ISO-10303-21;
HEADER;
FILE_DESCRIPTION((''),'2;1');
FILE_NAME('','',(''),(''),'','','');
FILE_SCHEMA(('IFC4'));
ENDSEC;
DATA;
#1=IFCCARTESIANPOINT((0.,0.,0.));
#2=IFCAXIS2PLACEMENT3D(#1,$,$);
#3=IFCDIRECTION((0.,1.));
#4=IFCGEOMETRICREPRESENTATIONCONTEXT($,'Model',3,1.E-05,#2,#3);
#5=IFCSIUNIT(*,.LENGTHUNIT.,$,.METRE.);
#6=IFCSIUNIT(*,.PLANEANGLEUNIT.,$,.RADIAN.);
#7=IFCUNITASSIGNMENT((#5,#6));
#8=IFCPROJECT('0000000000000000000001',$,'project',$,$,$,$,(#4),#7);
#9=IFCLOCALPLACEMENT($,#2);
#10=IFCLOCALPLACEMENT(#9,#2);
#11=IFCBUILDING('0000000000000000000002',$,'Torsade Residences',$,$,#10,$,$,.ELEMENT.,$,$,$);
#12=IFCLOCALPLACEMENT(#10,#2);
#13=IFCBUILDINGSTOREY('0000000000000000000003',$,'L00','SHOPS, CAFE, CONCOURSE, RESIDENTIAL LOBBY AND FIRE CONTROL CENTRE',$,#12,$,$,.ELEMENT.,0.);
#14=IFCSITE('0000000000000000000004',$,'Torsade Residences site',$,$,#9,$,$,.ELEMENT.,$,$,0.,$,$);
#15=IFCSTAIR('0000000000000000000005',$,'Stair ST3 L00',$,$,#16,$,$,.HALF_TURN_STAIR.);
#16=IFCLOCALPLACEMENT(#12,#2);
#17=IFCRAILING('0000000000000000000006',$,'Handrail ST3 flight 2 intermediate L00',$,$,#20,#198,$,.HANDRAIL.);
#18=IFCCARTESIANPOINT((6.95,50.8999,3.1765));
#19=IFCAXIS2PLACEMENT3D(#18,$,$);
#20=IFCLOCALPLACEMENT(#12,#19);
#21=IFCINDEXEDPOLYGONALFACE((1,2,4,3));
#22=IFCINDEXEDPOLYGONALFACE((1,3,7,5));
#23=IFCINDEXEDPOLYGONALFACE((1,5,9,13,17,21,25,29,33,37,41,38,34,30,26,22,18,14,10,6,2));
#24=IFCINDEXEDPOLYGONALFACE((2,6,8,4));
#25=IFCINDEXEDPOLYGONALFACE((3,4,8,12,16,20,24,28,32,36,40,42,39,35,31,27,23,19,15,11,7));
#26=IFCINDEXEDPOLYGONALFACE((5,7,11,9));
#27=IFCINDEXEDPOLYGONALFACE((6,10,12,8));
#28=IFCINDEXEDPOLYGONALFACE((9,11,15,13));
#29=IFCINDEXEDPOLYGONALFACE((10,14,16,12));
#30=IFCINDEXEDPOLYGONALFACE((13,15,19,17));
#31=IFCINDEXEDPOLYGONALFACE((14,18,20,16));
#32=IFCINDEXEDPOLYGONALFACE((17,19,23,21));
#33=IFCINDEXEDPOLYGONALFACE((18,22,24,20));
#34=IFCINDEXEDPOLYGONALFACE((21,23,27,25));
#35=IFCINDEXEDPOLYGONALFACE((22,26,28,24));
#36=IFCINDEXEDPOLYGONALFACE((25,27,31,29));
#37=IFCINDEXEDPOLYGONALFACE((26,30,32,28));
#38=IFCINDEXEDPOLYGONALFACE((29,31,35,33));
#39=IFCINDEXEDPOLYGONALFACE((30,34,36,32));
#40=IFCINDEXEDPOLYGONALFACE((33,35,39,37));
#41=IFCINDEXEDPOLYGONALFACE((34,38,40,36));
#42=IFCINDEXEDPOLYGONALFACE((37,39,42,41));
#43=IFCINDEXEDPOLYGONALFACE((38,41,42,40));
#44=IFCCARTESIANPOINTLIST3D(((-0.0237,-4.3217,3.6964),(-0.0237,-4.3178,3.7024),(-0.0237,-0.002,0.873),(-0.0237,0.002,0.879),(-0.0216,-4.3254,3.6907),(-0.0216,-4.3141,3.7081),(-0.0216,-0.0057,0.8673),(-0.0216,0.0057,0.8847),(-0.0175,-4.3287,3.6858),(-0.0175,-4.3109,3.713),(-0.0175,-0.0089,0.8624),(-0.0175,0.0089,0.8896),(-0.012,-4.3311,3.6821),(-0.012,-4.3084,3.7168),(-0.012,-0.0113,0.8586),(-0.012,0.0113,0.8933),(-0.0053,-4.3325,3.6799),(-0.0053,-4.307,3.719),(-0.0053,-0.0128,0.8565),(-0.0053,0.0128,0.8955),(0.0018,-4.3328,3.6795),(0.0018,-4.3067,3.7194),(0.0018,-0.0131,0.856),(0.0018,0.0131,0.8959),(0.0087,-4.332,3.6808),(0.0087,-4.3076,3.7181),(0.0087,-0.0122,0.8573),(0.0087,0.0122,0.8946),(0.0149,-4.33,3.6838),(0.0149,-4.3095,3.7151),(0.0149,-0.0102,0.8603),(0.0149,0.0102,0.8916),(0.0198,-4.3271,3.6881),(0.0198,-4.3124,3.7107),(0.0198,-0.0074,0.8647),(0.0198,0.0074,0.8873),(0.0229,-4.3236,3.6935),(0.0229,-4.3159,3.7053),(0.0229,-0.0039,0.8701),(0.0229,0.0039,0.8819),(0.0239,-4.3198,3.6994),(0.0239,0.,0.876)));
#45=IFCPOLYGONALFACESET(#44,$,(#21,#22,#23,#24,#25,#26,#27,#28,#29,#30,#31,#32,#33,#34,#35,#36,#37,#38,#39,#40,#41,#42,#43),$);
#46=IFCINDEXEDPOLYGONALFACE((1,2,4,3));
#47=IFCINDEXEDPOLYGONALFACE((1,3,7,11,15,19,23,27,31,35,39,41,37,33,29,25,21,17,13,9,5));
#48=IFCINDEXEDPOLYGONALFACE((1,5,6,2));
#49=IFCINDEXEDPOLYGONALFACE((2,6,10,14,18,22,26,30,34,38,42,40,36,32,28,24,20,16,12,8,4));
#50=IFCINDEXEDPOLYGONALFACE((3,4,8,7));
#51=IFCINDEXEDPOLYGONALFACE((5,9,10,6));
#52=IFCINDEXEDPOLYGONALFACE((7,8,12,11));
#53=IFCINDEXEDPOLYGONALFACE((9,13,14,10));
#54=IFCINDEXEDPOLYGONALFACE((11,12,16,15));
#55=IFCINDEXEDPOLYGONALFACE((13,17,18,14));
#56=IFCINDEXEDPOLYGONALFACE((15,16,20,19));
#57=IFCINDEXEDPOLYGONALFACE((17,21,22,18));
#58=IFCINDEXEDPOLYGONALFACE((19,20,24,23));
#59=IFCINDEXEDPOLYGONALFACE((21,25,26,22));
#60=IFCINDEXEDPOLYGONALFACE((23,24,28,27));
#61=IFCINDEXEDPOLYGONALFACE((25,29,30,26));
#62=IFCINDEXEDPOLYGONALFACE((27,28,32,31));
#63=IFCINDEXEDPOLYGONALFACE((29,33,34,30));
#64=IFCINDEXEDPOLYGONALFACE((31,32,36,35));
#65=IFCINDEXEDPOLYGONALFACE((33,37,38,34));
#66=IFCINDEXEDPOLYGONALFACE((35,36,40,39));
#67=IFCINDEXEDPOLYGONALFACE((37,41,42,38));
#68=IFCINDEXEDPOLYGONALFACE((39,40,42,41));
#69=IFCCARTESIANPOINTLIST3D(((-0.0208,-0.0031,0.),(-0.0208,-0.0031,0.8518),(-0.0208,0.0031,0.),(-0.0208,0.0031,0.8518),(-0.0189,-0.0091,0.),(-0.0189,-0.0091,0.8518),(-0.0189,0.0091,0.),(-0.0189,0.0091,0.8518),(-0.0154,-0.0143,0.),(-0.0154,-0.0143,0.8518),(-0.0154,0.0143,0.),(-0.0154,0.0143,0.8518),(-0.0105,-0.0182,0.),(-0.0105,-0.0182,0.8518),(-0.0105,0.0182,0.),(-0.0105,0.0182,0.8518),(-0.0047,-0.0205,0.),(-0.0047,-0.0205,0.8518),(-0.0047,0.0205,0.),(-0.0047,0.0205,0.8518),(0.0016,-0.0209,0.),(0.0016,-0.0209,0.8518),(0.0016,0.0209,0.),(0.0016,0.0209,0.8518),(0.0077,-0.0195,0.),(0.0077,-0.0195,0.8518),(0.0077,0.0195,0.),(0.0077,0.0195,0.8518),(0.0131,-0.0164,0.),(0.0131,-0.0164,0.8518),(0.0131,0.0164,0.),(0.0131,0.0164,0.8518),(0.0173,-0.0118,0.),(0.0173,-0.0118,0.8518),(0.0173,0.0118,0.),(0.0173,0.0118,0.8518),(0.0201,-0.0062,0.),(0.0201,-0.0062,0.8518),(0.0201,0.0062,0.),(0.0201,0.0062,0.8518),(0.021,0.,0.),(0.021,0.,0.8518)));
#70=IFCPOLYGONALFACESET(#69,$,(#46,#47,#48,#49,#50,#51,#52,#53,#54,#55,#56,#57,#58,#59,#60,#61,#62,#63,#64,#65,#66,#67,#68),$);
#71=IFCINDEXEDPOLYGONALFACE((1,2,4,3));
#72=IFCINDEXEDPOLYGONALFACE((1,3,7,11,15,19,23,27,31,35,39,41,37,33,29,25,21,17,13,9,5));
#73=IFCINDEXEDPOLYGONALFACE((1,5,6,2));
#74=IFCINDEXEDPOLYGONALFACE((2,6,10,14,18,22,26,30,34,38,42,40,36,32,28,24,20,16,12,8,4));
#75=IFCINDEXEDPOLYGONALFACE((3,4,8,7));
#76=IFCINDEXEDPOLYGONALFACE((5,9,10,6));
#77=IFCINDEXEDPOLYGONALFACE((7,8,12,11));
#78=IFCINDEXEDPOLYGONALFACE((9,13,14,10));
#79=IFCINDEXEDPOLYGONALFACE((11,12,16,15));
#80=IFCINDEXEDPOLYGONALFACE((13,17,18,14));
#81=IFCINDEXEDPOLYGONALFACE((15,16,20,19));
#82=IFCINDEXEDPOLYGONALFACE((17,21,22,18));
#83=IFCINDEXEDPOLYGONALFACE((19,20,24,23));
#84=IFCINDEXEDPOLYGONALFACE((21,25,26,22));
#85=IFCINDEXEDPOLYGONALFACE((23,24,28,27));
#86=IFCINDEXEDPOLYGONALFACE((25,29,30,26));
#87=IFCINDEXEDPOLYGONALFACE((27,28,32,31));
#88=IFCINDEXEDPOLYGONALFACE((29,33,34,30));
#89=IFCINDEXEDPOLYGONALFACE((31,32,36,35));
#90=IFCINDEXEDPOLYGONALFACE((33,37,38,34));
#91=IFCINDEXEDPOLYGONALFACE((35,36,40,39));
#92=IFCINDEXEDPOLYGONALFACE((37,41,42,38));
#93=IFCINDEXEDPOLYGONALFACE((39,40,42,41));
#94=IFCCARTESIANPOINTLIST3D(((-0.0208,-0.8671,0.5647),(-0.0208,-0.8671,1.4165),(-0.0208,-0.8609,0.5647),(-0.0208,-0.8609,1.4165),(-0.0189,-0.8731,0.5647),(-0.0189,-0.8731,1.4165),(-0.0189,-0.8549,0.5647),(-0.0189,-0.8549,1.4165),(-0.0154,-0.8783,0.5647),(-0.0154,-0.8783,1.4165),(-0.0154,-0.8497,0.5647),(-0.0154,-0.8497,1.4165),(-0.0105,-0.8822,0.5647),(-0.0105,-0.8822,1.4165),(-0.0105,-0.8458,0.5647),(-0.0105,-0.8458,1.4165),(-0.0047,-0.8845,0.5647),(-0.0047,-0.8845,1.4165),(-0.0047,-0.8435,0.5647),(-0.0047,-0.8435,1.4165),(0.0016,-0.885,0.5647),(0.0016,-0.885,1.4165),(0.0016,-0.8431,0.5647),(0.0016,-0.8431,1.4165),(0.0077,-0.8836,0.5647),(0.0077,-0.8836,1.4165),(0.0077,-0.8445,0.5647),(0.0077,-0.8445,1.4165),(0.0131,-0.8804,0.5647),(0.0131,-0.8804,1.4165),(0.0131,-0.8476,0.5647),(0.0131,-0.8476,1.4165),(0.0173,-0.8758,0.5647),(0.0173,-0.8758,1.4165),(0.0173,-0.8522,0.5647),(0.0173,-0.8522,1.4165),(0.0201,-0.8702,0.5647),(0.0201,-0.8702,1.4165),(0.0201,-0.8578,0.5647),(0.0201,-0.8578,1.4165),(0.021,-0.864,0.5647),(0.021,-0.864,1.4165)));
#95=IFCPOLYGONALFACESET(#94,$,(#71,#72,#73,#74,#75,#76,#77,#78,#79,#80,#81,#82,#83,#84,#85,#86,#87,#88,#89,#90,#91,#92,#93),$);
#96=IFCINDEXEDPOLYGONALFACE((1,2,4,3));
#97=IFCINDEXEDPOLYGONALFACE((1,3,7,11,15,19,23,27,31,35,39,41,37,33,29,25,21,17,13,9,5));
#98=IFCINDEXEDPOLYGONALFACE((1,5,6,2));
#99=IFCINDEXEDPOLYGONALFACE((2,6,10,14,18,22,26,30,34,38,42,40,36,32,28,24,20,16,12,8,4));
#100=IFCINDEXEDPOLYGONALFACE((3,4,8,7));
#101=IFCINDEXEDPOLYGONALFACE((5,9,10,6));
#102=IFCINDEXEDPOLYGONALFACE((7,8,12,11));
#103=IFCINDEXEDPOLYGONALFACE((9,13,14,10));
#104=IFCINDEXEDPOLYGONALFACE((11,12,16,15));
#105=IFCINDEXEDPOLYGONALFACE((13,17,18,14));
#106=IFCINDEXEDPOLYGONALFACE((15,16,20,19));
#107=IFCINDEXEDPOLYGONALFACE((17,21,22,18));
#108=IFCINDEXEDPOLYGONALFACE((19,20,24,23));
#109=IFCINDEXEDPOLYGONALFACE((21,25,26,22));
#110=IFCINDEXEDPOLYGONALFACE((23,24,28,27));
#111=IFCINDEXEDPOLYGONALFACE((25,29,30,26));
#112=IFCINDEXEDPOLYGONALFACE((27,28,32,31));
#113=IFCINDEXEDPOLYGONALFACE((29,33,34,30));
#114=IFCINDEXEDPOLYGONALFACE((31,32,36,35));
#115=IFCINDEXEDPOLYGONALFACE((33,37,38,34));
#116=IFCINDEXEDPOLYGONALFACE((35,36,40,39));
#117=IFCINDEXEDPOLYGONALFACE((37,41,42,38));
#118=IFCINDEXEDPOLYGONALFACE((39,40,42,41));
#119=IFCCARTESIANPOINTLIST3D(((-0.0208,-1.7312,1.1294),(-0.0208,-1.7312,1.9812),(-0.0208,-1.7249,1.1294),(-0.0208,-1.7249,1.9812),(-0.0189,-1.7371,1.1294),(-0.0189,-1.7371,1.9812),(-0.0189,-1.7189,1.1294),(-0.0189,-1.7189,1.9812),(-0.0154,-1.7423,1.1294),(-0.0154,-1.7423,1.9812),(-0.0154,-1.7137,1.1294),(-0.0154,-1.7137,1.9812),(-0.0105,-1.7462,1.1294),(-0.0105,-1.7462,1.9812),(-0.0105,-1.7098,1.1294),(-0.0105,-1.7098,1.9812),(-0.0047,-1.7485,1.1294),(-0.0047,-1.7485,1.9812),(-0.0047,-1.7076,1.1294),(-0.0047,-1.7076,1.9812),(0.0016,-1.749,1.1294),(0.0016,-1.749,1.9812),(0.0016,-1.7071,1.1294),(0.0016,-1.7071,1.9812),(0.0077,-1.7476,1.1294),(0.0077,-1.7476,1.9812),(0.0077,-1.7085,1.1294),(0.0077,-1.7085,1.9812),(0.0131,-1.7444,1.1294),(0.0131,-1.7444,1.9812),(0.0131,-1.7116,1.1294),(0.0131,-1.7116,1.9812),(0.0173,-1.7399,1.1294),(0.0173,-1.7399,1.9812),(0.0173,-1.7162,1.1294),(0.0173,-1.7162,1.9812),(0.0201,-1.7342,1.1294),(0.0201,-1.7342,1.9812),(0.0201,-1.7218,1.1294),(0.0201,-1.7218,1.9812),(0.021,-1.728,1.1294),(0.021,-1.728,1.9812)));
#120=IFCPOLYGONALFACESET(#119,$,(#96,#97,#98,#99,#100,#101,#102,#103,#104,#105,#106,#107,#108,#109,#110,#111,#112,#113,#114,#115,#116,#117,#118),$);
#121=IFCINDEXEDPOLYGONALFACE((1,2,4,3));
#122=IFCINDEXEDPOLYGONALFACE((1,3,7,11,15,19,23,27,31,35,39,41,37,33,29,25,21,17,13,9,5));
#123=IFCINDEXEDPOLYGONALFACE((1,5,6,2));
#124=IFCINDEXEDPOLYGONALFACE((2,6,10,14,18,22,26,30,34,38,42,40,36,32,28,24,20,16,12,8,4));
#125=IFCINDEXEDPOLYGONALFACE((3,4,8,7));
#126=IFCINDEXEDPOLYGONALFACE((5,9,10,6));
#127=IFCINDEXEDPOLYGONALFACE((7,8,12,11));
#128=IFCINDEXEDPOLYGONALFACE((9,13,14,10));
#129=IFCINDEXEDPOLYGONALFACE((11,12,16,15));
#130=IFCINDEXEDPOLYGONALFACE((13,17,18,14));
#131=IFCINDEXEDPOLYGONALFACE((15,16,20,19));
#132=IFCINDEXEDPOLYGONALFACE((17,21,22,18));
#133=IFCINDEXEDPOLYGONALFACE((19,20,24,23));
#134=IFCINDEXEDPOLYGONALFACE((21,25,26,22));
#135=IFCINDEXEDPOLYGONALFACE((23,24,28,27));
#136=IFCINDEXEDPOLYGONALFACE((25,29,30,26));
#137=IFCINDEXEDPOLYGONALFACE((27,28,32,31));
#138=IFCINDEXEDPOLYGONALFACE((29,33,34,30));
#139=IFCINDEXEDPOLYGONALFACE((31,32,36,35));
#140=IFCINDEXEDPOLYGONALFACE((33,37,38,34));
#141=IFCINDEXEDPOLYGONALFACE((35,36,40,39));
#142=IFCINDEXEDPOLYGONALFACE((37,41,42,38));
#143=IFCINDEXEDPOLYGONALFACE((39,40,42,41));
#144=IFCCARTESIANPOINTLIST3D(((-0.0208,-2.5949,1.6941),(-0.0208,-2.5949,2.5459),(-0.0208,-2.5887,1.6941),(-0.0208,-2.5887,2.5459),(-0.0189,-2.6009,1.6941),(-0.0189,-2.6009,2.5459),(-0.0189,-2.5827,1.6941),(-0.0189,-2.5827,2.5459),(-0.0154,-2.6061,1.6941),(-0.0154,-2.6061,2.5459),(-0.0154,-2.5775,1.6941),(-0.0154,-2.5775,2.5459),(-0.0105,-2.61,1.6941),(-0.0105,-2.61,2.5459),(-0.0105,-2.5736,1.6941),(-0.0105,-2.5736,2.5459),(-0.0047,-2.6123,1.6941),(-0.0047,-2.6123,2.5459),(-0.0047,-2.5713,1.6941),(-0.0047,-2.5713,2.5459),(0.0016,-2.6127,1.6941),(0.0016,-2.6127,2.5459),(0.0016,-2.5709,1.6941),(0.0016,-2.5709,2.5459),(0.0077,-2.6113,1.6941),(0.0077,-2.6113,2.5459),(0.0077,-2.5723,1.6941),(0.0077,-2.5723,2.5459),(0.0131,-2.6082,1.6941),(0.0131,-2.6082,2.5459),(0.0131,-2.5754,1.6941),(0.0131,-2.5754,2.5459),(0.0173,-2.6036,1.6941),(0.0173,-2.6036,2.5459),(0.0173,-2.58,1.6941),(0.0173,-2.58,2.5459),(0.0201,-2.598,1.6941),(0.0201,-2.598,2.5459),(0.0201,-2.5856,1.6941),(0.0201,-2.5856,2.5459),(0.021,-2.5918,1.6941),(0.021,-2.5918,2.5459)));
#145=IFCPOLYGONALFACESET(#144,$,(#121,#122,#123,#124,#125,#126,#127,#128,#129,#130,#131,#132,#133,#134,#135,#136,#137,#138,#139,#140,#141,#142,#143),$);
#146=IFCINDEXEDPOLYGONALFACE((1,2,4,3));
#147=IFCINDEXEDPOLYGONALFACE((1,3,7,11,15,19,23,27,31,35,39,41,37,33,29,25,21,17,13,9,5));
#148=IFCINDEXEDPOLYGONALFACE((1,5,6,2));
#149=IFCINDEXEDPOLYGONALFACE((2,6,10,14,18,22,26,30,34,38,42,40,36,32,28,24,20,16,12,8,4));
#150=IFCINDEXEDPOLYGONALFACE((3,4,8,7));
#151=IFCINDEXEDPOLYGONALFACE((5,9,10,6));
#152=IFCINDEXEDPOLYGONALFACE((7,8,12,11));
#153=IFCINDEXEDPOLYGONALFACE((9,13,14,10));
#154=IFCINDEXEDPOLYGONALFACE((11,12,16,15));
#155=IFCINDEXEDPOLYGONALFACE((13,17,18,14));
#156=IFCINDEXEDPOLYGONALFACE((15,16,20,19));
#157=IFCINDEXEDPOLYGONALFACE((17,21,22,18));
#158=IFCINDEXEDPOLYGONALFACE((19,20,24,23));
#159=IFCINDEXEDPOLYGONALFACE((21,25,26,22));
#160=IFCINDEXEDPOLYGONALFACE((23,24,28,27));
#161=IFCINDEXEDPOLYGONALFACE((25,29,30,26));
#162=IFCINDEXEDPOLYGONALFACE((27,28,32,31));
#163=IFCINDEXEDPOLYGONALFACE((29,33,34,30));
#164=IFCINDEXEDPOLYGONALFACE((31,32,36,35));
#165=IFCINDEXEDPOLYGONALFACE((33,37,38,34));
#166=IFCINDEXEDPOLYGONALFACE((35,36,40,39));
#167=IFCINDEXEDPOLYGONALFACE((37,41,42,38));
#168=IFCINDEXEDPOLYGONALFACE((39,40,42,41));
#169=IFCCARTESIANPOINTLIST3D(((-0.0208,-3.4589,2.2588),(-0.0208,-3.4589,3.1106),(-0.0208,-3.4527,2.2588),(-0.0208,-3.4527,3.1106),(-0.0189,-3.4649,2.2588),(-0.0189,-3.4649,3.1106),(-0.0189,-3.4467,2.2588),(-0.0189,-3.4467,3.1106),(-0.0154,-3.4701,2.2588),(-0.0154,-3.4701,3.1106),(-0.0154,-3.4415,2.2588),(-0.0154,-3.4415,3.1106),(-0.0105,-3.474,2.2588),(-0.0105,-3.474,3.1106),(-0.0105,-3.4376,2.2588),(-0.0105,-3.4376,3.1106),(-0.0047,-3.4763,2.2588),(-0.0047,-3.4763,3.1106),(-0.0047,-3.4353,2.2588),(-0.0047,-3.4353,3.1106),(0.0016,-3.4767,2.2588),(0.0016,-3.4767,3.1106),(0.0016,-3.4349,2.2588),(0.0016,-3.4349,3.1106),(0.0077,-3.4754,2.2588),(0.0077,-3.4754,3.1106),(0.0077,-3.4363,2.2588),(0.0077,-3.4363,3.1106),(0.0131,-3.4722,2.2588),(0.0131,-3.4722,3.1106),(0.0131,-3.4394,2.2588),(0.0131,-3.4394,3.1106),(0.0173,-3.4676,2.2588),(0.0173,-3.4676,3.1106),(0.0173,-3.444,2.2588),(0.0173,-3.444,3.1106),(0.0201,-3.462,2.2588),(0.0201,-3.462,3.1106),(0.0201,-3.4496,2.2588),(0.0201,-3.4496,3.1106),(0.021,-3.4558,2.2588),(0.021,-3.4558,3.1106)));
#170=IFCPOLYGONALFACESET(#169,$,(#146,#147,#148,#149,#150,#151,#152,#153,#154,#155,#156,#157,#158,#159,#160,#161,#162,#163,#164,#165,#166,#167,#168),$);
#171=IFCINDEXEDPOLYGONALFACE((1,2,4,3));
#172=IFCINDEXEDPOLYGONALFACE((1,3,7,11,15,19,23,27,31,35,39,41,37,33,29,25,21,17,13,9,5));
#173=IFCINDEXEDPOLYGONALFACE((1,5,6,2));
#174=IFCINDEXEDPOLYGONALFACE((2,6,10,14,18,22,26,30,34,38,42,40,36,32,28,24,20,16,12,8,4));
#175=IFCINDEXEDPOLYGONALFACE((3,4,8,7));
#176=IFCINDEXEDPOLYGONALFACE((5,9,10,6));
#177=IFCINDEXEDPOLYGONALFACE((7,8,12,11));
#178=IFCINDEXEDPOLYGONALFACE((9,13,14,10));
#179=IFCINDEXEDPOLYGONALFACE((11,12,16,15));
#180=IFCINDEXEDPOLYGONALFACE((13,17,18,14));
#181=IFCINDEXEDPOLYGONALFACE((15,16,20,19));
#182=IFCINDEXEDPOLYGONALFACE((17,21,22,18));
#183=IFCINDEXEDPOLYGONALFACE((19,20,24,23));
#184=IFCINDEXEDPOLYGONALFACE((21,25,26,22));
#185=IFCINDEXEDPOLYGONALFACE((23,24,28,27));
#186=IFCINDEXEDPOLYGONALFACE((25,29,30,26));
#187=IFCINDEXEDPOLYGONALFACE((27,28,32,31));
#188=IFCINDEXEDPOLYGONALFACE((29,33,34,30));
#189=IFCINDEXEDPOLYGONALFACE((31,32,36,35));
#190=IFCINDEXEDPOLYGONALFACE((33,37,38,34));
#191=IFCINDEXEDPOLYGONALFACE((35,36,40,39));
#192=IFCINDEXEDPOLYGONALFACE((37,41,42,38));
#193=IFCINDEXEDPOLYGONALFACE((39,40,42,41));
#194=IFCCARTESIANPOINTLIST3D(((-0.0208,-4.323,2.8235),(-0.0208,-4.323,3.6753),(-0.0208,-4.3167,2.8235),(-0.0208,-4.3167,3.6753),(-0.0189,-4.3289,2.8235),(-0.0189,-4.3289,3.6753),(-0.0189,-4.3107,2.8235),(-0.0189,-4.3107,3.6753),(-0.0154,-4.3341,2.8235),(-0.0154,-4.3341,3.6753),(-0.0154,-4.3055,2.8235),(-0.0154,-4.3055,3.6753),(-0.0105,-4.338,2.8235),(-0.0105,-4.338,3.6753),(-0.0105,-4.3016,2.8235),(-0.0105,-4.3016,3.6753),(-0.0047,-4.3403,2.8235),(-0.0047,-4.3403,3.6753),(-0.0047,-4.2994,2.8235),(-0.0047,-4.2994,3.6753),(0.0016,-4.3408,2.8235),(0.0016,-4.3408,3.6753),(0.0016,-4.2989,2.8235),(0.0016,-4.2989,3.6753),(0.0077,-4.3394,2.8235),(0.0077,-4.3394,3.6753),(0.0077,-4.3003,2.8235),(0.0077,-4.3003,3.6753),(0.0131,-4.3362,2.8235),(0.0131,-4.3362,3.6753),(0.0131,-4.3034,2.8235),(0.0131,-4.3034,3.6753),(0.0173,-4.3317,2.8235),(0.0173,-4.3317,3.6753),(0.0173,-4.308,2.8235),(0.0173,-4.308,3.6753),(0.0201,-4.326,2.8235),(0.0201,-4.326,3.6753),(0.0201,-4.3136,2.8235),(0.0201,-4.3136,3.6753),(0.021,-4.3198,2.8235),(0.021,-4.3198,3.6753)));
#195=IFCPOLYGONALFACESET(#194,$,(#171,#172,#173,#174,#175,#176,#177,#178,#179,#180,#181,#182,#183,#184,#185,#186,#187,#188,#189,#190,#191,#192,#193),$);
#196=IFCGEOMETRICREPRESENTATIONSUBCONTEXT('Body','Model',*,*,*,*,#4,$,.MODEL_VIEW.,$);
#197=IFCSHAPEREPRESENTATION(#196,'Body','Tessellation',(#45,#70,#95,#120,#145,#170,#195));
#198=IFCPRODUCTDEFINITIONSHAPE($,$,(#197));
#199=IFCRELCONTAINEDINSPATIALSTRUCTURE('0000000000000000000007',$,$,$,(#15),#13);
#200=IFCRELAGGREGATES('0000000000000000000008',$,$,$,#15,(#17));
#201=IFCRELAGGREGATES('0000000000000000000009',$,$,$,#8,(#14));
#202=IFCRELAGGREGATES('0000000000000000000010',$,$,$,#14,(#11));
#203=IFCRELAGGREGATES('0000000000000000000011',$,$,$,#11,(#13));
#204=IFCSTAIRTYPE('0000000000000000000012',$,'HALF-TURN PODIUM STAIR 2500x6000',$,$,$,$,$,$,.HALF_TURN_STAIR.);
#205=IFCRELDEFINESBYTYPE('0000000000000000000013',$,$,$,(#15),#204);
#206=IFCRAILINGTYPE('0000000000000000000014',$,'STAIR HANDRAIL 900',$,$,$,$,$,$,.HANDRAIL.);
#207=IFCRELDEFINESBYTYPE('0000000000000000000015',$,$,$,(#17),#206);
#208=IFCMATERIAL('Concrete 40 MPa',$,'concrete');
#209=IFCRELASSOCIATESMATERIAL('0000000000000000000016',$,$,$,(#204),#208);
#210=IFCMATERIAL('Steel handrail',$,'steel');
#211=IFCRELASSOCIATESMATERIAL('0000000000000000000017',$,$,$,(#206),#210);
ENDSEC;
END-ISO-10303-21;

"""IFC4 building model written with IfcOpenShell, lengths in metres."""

from ifc_helpers import new_model, si_unit, direction, frame, origin, origin_2d, place, context, subcontext, project, spatial, circle, extrude, material, type_object, element, aggregate, save


model = new_model("IFC4")

# Units and contexts
model_context = context("Model", 3, precision=1e-05, world=origin(), true_north=direction((0.0, 1.0)))
body_context = subcontext(model_context, "Body", "Model", "MODEL_VIEW")
ifc_project = project(units=[si_unit("LENGTHUNIT", "METRE"), si_unit("PLANEANGLEUNIT", "RADIAN")], contexts=[model_context])

# Site, building, storey
site_placement = place(None, origin())
site = spatial("IfcSite", under=ifc_project, at=site_placement, Name="Torsade Residences site", CompositionType="ELEMENT", RefElevation=0.0)
building_placement = place(site_placement, origin())
building = spatial("IfcBuilding", under=site, at=building_placement, Name="Torsade Residences", CompositionType="ELEMENT")
storey_placement = place(building_placement, origin())
storey = spatial("IfcBuildingStorey", under=building, at=storey_placement, Name="L00", Description="SHOPS, CAFE, CONCOURSE, RESIDENTIAL LOBBY AND FIRE CONTROL CENTRE", CompositionType="ELEMENT", Elevation=0.0)

# Stair, railing
ifc_material_1 = material(Name="Concrete 40 MPa", Category="concrete")
stair_type = type_object("IfcStairType", Name="HALF-TURN PODIUM STAIR 2500x6000", PredefinedType="HALF_TURN_STAIR", material=ifc_material_1)
stair_placement = place(storey_placement, origin())
stair = element("IfcStair", 1, at=stair_placement, inside=storey, type_object=stair_type, Name="Stair ST3 L00", PredefinedType="HALF_TURN_STAIR")
ifc_material_2 = material(Name="Steel handrail", Category="steel")
railing_type = type_object("IfcRailingType", Name="STAIR HANDRAIL 900", PredefinedType="HANDRAIL", material=ifc_material_2)
railing_1_placement = place(storey_placement, frame((6.95, 50.8999, 3.1765)))
railing_1 = element("IfcRailing", 2, at=railing_1_placement, type_object=railing_type, Name="Handrail ST3 flight 2 intermediate L00", PredefinedType="HANDRAIL", context=body_context, shape_type="SweptSolid", body=[
    extrude(circle(Radius=0.0239, at=origin_2d()), frame((0.0, 0.0, 0.876), z_axis=(0.0, -0.83706, 0.547112), x_axis=(1.0, 0.0, 0.0)), (0.0, 0.0, 1.0), 5.1606),
    extrude(circle(Radius=0.021, at=origin_2d()), origin(), (0.0, 0.0, 1.0), 0.8518),
    extrude(circle(Radius=0.021, at=origin_2d()), frame((0.0, -0.864, 0.5647)), (0.0, 0.0, 1.0), 0.8518),
    extrude(circle(Radius=0.021, at=origin_2d()), frame((0.0, -1.728, 1.1294)), (0.0, 0.0, 1.0), 0.8518),
    extrude(circle(Radius=0.021, at=origin_2d()), frame((0.0, -2.5918, 1.6941)), (0.0, 0.0, 1.0), 0.8518),
    extrude(circle(Radius=0.021, at=origin_2d()), frame((0.0, -3.4558, 2.2588)), (0.0, 0.0, 1.0), 0.8518),
    extrude(circle(Radius=0.021, at=origin_2d()), frame((0.0, -4.3198, 2.8235)), (0.0, 0.0, 1.0), 0.8518),
])
aggregate(stair, [railing_1])

save(model, "model.ifc")
